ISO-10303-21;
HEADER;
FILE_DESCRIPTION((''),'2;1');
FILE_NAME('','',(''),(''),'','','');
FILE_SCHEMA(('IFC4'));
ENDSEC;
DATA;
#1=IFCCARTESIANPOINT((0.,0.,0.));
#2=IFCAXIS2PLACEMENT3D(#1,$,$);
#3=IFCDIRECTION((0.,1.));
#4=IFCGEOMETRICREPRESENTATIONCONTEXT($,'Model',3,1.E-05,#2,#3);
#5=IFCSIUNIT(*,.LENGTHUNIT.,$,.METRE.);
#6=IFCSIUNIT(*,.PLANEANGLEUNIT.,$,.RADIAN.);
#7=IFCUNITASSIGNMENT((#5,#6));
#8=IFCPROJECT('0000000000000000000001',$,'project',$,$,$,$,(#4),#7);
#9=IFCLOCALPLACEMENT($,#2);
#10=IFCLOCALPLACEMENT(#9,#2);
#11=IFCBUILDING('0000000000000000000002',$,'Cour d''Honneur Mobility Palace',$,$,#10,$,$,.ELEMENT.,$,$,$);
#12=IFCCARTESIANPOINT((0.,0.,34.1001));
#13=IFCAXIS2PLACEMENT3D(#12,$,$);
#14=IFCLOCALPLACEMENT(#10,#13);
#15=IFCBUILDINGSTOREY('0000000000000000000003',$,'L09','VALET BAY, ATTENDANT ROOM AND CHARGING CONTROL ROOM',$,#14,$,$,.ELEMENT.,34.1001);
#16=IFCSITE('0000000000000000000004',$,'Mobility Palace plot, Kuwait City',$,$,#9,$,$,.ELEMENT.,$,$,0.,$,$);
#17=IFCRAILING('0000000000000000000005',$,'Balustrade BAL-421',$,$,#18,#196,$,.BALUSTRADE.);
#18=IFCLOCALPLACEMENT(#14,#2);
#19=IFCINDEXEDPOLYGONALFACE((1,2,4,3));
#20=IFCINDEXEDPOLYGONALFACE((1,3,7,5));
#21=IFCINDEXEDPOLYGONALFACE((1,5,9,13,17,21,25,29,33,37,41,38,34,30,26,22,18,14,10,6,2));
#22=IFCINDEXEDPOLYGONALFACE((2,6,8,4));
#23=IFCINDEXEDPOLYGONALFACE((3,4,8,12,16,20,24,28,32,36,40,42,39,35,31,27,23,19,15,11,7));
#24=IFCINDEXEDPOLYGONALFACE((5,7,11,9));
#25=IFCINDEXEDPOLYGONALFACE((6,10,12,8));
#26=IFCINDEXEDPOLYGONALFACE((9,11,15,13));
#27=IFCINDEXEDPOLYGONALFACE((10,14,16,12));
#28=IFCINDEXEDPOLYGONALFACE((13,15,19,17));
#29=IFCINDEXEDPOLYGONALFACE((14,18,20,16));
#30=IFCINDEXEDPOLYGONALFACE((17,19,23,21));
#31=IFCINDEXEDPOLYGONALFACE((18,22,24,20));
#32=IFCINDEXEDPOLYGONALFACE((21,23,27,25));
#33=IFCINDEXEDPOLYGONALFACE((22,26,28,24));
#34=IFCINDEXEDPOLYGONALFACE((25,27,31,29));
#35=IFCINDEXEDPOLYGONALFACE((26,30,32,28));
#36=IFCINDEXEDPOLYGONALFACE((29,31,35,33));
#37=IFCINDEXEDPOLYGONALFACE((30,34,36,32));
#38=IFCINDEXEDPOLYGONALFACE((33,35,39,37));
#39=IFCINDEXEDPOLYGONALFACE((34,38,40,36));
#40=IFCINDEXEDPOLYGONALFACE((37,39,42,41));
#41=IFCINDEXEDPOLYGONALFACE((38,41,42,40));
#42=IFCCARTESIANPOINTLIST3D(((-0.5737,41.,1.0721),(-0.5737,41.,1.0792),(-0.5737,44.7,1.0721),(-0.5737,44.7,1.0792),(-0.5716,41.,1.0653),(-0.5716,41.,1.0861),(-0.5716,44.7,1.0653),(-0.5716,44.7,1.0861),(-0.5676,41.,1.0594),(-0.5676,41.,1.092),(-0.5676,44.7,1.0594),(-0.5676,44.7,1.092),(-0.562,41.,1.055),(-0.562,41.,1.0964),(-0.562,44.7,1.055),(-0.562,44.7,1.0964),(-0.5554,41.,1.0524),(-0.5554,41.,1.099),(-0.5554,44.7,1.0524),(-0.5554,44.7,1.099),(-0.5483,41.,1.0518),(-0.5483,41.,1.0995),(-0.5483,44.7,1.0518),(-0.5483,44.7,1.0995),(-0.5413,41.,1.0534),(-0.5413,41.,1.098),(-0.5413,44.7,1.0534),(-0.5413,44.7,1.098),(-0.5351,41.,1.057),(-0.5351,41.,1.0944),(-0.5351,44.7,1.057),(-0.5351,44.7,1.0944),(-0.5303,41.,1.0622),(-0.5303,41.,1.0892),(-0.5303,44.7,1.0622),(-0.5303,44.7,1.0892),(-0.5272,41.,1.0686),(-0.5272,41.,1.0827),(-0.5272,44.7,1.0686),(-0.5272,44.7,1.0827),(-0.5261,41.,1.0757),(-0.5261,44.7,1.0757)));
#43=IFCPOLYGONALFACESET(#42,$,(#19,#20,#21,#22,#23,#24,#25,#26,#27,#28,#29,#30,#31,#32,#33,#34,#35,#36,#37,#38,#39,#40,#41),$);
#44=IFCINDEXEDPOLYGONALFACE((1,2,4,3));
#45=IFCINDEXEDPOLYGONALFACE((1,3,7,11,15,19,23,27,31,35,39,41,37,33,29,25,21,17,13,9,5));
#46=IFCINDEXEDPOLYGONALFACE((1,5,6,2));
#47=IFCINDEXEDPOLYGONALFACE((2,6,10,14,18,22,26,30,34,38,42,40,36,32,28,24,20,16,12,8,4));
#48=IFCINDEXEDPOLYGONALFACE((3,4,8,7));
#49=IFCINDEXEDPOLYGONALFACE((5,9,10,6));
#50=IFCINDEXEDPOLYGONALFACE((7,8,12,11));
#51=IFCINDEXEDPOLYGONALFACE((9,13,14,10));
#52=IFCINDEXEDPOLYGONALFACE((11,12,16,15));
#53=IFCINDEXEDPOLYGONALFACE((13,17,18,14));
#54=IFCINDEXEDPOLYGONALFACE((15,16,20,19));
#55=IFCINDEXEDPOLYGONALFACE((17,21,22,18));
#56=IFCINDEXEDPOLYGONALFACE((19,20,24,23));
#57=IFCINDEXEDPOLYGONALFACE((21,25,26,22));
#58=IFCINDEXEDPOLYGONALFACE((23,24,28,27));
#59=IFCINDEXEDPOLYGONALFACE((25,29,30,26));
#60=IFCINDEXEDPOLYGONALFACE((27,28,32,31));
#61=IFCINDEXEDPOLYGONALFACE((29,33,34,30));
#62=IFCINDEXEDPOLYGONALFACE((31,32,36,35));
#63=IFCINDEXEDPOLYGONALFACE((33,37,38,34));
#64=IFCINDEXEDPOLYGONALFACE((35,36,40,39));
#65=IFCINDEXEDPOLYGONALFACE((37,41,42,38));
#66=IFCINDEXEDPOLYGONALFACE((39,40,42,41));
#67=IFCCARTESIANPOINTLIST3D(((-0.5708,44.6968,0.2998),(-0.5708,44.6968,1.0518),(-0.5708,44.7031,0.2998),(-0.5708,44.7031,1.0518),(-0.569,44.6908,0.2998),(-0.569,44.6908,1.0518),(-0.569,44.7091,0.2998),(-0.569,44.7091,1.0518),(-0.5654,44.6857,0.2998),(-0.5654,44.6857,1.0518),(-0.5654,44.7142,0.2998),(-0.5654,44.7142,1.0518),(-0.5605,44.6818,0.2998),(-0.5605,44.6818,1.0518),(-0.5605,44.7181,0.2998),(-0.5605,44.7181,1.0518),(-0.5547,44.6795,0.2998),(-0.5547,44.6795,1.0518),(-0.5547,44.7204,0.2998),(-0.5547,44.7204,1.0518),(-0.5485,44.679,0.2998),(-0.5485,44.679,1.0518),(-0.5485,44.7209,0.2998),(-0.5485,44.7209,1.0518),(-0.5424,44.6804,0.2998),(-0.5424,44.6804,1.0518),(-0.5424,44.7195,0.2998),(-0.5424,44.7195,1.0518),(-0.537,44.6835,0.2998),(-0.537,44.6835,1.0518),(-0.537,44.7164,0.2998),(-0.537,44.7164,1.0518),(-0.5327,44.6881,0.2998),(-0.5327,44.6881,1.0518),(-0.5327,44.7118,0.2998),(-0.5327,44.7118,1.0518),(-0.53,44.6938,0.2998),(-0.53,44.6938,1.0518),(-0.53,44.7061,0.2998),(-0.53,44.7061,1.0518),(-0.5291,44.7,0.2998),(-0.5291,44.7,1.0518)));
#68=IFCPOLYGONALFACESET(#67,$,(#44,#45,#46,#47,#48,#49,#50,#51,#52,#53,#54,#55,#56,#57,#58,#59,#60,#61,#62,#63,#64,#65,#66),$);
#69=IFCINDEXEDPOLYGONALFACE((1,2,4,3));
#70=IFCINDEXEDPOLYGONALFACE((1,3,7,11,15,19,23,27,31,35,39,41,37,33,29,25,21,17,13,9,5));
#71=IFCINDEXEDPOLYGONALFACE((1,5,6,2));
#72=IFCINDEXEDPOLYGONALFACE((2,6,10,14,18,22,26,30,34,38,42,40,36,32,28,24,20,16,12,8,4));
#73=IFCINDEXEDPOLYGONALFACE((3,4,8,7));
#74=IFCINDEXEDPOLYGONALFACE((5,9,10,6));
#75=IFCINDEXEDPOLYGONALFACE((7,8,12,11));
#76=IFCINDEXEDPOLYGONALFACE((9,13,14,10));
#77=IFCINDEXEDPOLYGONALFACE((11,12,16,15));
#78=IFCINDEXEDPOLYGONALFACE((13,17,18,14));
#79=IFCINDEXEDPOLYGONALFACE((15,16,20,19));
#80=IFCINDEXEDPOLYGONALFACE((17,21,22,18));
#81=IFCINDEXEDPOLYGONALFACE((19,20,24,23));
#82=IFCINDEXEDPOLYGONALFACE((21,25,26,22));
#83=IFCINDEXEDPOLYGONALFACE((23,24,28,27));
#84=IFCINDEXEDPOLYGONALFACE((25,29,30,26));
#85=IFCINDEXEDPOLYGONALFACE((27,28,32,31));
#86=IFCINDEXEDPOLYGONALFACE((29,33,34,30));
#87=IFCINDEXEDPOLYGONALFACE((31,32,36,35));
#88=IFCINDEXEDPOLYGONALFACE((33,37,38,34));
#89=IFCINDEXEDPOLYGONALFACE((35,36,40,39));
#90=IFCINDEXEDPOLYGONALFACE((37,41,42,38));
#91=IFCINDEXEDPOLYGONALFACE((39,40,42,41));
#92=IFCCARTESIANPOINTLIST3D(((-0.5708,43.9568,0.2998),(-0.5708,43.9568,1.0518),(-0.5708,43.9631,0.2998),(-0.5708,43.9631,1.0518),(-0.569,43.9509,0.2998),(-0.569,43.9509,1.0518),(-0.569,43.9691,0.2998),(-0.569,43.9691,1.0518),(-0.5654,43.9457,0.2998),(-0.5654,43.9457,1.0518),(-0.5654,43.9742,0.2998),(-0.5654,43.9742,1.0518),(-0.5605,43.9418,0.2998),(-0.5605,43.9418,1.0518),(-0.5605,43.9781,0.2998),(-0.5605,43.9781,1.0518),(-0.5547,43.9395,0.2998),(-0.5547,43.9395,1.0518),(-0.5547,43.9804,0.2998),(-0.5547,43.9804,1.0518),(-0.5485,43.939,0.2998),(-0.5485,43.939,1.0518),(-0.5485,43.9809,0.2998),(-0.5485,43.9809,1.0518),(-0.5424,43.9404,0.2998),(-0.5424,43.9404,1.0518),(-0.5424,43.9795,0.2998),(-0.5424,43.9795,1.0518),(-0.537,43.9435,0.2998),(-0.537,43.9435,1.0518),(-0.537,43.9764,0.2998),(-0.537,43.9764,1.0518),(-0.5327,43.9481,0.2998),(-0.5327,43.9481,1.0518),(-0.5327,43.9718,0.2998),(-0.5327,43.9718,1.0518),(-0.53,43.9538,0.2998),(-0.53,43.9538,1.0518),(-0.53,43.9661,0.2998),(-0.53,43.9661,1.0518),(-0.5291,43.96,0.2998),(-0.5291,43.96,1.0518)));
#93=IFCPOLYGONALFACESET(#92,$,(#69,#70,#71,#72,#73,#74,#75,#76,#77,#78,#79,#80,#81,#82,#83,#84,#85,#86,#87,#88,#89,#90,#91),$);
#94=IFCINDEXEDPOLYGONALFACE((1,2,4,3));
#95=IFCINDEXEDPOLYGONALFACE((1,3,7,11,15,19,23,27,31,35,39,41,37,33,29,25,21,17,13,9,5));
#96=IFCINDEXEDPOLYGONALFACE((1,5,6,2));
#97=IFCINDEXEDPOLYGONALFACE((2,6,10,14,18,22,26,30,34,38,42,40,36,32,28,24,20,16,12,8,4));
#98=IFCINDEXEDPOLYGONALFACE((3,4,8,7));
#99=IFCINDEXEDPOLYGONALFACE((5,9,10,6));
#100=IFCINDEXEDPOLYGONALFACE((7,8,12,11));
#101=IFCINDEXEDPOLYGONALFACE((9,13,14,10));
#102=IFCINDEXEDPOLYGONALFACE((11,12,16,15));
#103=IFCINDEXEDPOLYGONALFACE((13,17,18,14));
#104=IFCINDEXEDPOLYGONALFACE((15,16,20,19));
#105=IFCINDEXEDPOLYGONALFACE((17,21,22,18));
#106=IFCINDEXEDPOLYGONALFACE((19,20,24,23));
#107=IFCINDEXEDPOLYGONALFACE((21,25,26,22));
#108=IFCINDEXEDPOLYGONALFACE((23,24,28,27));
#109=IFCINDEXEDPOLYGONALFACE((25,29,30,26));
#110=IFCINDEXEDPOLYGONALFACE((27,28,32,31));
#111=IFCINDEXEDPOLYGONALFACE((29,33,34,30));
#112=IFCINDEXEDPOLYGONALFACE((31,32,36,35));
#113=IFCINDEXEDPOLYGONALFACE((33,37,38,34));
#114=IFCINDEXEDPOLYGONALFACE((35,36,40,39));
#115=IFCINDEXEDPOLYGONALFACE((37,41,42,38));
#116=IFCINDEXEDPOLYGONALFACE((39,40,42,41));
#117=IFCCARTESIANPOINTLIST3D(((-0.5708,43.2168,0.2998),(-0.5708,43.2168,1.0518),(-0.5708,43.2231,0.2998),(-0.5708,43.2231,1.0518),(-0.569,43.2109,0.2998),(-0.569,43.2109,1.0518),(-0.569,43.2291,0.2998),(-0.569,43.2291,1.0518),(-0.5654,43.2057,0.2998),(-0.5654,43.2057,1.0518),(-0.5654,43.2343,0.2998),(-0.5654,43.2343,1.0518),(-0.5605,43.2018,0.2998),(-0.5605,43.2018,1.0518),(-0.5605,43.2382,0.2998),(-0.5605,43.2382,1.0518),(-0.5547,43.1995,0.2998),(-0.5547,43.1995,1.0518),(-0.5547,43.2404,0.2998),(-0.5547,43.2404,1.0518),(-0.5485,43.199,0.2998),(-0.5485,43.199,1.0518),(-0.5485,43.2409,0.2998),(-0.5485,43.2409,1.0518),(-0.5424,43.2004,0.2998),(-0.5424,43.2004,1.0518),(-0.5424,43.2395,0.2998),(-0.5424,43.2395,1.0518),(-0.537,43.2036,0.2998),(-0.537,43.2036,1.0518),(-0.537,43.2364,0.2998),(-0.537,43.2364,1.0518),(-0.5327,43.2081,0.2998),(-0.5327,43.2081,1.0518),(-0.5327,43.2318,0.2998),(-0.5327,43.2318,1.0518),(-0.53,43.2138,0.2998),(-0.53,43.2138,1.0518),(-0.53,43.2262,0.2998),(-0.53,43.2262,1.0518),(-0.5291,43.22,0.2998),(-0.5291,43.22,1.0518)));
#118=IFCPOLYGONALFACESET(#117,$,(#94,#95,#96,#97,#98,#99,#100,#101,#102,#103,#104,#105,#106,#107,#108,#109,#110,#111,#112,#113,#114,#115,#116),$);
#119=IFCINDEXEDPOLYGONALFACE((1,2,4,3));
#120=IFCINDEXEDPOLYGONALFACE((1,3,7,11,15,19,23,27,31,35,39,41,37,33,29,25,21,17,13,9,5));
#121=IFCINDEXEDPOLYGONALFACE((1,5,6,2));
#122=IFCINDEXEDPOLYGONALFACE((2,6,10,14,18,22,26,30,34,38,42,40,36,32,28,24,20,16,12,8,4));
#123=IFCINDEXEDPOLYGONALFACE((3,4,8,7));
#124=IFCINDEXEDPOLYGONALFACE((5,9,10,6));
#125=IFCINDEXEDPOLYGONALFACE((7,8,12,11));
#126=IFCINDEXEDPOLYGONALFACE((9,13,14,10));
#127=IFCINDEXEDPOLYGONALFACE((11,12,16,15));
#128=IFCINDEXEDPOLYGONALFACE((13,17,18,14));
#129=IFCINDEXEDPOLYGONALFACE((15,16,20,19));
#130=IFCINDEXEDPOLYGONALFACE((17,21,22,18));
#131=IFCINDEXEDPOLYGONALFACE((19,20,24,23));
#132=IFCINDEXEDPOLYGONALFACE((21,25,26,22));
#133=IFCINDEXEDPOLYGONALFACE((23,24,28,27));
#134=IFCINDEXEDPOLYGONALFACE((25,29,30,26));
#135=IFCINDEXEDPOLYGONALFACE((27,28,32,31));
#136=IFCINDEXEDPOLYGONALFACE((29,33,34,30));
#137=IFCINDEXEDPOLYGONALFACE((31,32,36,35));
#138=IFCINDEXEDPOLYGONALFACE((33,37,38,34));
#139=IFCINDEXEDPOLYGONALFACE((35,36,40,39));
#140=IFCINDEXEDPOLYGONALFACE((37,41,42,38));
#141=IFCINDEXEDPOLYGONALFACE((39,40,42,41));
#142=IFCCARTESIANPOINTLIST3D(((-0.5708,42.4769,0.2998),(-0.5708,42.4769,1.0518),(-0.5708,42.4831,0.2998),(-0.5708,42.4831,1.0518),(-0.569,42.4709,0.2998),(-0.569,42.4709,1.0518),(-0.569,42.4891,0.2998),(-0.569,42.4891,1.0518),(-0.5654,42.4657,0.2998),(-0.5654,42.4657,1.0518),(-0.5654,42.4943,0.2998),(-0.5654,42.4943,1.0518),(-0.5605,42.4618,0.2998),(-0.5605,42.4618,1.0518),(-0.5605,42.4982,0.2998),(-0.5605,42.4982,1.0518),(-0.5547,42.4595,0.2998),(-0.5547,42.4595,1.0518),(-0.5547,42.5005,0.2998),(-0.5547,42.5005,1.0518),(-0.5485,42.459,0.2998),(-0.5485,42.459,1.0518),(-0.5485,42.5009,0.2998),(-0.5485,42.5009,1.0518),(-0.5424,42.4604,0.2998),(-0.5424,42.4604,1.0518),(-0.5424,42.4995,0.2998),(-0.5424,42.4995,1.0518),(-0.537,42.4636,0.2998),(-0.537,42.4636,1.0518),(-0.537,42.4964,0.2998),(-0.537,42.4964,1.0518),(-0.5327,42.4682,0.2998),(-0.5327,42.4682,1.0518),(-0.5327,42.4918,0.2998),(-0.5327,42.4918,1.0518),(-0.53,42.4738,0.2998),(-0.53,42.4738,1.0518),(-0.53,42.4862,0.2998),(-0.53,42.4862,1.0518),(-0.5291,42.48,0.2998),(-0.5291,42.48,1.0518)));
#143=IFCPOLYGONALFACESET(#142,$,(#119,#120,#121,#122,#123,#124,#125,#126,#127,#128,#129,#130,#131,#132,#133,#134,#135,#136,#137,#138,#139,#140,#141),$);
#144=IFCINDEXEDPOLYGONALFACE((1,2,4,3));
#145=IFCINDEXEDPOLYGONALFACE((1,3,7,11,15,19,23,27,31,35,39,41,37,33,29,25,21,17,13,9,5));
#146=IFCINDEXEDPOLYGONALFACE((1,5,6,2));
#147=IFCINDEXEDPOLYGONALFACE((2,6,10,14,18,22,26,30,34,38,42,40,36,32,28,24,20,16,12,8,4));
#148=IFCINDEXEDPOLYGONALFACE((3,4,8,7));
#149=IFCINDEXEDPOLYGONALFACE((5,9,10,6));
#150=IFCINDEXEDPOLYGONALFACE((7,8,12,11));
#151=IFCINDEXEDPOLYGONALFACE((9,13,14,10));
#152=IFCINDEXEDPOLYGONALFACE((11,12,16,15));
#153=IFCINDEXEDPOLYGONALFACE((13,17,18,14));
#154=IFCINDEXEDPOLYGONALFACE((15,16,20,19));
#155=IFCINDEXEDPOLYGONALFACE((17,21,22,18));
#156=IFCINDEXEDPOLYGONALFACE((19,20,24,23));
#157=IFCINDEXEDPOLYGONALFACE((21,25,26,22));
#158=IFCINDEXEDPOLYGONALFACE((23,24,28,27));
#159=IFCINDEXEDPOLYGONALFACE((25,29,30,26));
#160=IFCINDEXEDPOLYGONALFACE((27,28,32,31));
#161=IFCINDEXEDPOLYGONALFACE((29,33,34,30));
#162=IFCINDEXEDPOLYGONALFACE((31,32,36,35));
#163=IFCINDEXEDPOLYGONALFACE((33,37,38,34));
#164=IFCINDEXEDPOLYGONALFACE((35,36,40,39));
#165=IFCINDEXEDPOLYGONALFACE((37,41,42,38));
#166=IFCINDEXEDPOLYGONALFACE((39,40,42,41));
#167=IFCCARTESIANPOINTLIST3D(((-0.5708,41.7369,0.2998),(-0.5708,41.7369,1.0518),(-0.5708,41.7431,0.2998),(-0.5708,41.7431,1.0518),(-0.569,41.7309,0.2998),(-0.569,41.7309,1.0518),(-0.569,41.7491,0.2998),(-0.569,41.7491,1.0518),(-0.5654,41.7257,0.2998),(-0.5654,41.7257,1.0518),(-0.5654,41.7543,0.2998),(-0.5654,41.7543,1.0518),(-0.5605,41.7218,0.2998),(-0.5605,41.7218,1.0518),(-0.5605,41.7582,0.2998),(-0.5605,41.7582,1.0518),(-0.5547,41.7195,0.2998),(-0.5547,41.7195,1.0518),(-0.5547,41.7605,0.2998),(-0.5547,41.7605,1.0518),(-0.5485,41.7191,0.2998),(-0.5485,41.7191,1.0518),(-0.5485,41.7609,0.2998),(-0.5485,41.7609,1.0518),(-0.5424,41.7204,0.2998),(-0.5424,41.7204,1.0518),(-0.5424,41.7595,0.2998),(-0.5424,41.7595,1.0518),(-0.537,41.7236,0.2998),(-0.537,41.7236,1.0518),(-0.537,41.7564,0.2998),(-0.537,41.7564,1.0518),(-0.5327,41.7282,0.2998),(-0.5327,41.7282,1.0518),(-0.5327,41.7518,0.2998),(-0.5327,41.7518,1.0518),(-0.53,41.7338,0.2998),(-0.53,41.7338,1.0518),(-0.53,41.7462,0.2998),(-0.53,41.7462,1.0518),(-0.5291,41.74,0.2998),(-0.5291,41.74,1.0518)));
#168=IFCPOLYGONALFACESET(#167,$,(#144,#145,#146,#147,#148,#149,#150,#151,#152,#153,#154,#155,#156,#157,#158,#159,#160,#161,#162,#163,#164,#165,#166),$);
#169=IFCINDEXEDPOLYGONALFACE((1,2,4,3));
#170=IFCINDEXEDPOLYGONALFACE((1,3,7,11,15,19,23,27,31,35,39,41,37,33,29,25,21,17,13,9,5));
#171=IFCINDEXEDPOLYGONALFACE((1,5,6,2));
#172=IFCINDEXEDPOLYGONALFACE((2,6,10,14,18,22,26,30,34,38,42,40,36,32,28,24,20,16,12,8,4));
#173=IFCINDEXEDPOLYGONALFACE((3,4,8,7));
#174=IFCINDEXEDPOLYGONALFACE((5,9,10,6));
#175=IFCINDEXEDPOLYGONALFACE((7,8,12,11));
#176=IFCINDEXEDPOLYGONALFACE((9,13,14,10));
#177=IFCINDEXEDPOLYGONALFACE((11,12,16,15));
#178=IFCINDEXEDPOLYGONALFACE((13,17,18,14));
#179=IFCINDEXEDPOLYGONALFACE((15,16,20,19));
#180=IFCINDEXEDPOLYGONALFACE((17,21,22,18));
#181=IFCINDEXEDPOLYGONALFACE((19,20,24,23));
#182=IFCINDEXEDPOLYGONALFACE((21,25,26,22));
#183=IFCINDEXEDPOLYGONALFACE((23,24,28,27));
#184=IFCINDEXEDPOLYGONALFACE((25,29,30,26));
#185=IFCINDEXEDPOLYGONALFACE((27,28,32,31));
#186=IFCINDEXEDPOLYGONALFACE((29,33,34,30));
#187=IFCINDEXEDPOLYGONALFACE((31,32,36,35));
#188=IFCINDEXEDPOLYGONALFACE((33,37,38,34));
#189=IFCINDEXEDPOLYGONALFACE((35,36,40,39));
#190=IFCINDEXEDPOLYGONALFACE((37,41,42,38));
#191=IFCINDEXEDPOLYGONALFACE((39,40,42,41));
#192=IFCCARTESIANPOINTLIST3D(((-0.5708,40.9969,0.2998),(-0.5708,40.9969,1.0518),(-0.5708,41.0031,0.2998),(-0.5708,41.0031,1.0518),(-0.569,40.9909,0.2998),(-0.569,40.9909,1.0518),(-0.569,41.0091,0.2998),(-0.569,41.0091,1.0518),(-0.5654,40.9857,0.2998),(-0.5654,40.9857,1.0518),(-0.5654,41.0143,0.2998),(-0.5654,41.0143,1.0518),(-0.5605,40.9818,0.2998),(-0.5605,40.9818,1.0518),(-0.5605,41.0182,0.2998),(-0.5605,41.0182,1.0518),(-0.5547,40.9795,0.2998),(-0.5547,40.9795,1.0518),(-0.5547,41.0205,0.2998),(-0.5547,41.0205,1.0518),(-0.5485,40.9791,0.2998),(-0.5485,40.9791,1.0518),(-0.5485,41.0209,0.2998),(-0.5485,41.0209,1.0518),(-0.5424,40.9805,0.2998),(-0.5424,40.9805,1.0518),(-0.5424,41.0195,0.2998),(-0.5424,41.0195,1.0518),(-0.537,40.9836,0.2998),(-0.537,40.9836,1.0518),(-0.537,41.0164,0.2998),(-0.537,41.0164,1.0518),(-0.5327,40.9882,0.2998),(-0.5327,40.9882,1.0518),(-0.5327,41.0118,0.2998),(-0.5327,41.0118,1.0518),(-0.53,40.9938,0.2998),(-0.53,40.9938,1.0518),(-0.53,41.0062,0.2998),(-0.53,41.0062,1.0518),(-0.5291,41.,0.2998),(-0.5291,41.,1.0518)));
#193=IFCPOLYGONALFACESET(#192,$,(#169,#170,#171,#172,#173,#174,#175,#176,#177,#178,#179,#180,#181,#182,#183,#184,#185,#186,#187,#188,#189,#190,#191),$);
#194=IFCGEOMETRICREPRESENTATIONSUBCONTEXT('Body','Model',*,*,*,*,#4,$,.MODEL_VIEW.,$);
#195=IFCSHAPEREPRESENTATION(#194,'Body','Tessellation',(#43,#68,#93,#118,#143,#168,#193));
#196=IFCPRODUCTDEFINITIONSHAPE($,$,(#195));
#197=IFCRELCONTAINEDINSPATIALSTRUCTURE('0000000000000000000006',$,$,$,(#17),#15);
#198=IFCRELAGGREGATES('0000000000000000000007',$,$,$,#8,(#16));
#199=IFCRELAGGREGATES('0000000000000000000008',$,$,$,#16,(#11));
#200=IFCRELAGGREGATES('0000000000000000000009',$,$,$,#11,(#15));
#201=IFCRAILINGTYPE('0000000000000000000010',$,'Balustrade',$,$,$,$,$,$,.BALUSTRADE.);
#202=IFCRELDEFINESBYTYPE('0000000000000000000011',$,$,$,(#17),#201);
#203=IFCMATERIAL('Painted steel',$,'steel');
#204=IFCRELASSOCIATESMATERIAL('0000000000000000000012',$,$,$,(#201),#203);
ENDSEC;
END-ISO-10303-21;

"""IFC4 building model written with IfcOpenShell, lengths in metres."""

from ifc_helpers import new_model, si_unit, direction, frame, origin, origin_2d, place, context, subcontext, project, spatial, circle, extrude, material, type_object, element, save


model = new_model("IFC4")

# Units and contexts
model_context = context("Model", 3, precision=1e-05, world=origin(), true_north=direction((0.0, 1.0)))
body_context = subcontext(model_context, "Body", "Model", "MODEL_VIEW")
ifc_project = project(units=[si_unit("LENGTHUNIT", "METRE"), si_unit("PLANEANGLEUNIT", "RADIAN")], contexts=[model_context])

# Site, building, storey
site_placement = place(None, origin())
site = spatial("IfcSite", under=ifc_project, at=site_placement, Name="Mobility Palace plot, Kuwait City", CompositionType="ELEMENT", RefElevation=0.0)
building_placement = place(site_placement, origin())
building = spatial("IfcBuilding", under=site, at=building_placement, Name="Cour d'Honneur Mobility Palace", CompositionType="ELEMENT")
storey_placement = place(building_placement, frame((0.0, 0.0, 34.1001)))
storey = spatial("IfcBuildingStorey", under=building, at=storey_placement, Name="L09", Description="VALET BAY, ATTENDANT ROOM AND CHARGING CONTROL ROOM", CompositionType="ELEMENT", Elevation=34.1001)

# Railing
ifc_material_1 = material(Name="Painted steel", Category="steel")
railing_type_1 = type_object("IfcRailingType", Name="Balustrade", PredefinedType="BALUSTRADE", material=ifc_material_1)
railing_1_placement = place(storey_placement, frame((-0.55, 44.7, 0.2998)))
element("IfcRailing", 1, at=railing_1_placement, inside=storey, type_object=railing_type_1, Name="Balustrade BAL-421", PredefinedType="BALUSTRADE", context=body_context, shape_type="SweptSolid", body=[
    extrude(circle(Radius=0.0239, at=origin_2d()), frame((0.0, 0.0, 0.7759), z_axis=(0.0, -1.0, 0.0), x_axis=(1.0, 0.0, 0.0)), (0.0, 0.0, 1.0), 3.7),
    extrude(circle(Radius=0.021, at=origin_2d()), origin(), (0.0, 0.0, 1.0), 0.752),
    extrude(circle(Radius=0.021, at=origin_2d()), frame((0.0, -0.74, 0.0)), (0.0, 0.0, 1.0), 0.752),
    extrude(circle(Radius=0.021, at=origin_2d()), frame((0.0, -1.48, 0.0)), (0.0, 0.0, 1.0), 0.752),
    extrude(circle(Radius=0.021, at=origin_2d()), frame((0.0, -2.22, 0.0)), (0.0, 0.0, 1.0), 0.752),
    extrude(circle(Radius=0.021, at=origin_2d()), frame((0.0, -2.96, 0.0)), (0.0, 0.0, 1.0), 0.752),
    extrude(circle(Radius=0.021, at=origin_2d()), frame((0.0, -3.7, 0.0)), (0.0, 0.0, 1.0), 0.752),
])

save(model, "model.ifc")
